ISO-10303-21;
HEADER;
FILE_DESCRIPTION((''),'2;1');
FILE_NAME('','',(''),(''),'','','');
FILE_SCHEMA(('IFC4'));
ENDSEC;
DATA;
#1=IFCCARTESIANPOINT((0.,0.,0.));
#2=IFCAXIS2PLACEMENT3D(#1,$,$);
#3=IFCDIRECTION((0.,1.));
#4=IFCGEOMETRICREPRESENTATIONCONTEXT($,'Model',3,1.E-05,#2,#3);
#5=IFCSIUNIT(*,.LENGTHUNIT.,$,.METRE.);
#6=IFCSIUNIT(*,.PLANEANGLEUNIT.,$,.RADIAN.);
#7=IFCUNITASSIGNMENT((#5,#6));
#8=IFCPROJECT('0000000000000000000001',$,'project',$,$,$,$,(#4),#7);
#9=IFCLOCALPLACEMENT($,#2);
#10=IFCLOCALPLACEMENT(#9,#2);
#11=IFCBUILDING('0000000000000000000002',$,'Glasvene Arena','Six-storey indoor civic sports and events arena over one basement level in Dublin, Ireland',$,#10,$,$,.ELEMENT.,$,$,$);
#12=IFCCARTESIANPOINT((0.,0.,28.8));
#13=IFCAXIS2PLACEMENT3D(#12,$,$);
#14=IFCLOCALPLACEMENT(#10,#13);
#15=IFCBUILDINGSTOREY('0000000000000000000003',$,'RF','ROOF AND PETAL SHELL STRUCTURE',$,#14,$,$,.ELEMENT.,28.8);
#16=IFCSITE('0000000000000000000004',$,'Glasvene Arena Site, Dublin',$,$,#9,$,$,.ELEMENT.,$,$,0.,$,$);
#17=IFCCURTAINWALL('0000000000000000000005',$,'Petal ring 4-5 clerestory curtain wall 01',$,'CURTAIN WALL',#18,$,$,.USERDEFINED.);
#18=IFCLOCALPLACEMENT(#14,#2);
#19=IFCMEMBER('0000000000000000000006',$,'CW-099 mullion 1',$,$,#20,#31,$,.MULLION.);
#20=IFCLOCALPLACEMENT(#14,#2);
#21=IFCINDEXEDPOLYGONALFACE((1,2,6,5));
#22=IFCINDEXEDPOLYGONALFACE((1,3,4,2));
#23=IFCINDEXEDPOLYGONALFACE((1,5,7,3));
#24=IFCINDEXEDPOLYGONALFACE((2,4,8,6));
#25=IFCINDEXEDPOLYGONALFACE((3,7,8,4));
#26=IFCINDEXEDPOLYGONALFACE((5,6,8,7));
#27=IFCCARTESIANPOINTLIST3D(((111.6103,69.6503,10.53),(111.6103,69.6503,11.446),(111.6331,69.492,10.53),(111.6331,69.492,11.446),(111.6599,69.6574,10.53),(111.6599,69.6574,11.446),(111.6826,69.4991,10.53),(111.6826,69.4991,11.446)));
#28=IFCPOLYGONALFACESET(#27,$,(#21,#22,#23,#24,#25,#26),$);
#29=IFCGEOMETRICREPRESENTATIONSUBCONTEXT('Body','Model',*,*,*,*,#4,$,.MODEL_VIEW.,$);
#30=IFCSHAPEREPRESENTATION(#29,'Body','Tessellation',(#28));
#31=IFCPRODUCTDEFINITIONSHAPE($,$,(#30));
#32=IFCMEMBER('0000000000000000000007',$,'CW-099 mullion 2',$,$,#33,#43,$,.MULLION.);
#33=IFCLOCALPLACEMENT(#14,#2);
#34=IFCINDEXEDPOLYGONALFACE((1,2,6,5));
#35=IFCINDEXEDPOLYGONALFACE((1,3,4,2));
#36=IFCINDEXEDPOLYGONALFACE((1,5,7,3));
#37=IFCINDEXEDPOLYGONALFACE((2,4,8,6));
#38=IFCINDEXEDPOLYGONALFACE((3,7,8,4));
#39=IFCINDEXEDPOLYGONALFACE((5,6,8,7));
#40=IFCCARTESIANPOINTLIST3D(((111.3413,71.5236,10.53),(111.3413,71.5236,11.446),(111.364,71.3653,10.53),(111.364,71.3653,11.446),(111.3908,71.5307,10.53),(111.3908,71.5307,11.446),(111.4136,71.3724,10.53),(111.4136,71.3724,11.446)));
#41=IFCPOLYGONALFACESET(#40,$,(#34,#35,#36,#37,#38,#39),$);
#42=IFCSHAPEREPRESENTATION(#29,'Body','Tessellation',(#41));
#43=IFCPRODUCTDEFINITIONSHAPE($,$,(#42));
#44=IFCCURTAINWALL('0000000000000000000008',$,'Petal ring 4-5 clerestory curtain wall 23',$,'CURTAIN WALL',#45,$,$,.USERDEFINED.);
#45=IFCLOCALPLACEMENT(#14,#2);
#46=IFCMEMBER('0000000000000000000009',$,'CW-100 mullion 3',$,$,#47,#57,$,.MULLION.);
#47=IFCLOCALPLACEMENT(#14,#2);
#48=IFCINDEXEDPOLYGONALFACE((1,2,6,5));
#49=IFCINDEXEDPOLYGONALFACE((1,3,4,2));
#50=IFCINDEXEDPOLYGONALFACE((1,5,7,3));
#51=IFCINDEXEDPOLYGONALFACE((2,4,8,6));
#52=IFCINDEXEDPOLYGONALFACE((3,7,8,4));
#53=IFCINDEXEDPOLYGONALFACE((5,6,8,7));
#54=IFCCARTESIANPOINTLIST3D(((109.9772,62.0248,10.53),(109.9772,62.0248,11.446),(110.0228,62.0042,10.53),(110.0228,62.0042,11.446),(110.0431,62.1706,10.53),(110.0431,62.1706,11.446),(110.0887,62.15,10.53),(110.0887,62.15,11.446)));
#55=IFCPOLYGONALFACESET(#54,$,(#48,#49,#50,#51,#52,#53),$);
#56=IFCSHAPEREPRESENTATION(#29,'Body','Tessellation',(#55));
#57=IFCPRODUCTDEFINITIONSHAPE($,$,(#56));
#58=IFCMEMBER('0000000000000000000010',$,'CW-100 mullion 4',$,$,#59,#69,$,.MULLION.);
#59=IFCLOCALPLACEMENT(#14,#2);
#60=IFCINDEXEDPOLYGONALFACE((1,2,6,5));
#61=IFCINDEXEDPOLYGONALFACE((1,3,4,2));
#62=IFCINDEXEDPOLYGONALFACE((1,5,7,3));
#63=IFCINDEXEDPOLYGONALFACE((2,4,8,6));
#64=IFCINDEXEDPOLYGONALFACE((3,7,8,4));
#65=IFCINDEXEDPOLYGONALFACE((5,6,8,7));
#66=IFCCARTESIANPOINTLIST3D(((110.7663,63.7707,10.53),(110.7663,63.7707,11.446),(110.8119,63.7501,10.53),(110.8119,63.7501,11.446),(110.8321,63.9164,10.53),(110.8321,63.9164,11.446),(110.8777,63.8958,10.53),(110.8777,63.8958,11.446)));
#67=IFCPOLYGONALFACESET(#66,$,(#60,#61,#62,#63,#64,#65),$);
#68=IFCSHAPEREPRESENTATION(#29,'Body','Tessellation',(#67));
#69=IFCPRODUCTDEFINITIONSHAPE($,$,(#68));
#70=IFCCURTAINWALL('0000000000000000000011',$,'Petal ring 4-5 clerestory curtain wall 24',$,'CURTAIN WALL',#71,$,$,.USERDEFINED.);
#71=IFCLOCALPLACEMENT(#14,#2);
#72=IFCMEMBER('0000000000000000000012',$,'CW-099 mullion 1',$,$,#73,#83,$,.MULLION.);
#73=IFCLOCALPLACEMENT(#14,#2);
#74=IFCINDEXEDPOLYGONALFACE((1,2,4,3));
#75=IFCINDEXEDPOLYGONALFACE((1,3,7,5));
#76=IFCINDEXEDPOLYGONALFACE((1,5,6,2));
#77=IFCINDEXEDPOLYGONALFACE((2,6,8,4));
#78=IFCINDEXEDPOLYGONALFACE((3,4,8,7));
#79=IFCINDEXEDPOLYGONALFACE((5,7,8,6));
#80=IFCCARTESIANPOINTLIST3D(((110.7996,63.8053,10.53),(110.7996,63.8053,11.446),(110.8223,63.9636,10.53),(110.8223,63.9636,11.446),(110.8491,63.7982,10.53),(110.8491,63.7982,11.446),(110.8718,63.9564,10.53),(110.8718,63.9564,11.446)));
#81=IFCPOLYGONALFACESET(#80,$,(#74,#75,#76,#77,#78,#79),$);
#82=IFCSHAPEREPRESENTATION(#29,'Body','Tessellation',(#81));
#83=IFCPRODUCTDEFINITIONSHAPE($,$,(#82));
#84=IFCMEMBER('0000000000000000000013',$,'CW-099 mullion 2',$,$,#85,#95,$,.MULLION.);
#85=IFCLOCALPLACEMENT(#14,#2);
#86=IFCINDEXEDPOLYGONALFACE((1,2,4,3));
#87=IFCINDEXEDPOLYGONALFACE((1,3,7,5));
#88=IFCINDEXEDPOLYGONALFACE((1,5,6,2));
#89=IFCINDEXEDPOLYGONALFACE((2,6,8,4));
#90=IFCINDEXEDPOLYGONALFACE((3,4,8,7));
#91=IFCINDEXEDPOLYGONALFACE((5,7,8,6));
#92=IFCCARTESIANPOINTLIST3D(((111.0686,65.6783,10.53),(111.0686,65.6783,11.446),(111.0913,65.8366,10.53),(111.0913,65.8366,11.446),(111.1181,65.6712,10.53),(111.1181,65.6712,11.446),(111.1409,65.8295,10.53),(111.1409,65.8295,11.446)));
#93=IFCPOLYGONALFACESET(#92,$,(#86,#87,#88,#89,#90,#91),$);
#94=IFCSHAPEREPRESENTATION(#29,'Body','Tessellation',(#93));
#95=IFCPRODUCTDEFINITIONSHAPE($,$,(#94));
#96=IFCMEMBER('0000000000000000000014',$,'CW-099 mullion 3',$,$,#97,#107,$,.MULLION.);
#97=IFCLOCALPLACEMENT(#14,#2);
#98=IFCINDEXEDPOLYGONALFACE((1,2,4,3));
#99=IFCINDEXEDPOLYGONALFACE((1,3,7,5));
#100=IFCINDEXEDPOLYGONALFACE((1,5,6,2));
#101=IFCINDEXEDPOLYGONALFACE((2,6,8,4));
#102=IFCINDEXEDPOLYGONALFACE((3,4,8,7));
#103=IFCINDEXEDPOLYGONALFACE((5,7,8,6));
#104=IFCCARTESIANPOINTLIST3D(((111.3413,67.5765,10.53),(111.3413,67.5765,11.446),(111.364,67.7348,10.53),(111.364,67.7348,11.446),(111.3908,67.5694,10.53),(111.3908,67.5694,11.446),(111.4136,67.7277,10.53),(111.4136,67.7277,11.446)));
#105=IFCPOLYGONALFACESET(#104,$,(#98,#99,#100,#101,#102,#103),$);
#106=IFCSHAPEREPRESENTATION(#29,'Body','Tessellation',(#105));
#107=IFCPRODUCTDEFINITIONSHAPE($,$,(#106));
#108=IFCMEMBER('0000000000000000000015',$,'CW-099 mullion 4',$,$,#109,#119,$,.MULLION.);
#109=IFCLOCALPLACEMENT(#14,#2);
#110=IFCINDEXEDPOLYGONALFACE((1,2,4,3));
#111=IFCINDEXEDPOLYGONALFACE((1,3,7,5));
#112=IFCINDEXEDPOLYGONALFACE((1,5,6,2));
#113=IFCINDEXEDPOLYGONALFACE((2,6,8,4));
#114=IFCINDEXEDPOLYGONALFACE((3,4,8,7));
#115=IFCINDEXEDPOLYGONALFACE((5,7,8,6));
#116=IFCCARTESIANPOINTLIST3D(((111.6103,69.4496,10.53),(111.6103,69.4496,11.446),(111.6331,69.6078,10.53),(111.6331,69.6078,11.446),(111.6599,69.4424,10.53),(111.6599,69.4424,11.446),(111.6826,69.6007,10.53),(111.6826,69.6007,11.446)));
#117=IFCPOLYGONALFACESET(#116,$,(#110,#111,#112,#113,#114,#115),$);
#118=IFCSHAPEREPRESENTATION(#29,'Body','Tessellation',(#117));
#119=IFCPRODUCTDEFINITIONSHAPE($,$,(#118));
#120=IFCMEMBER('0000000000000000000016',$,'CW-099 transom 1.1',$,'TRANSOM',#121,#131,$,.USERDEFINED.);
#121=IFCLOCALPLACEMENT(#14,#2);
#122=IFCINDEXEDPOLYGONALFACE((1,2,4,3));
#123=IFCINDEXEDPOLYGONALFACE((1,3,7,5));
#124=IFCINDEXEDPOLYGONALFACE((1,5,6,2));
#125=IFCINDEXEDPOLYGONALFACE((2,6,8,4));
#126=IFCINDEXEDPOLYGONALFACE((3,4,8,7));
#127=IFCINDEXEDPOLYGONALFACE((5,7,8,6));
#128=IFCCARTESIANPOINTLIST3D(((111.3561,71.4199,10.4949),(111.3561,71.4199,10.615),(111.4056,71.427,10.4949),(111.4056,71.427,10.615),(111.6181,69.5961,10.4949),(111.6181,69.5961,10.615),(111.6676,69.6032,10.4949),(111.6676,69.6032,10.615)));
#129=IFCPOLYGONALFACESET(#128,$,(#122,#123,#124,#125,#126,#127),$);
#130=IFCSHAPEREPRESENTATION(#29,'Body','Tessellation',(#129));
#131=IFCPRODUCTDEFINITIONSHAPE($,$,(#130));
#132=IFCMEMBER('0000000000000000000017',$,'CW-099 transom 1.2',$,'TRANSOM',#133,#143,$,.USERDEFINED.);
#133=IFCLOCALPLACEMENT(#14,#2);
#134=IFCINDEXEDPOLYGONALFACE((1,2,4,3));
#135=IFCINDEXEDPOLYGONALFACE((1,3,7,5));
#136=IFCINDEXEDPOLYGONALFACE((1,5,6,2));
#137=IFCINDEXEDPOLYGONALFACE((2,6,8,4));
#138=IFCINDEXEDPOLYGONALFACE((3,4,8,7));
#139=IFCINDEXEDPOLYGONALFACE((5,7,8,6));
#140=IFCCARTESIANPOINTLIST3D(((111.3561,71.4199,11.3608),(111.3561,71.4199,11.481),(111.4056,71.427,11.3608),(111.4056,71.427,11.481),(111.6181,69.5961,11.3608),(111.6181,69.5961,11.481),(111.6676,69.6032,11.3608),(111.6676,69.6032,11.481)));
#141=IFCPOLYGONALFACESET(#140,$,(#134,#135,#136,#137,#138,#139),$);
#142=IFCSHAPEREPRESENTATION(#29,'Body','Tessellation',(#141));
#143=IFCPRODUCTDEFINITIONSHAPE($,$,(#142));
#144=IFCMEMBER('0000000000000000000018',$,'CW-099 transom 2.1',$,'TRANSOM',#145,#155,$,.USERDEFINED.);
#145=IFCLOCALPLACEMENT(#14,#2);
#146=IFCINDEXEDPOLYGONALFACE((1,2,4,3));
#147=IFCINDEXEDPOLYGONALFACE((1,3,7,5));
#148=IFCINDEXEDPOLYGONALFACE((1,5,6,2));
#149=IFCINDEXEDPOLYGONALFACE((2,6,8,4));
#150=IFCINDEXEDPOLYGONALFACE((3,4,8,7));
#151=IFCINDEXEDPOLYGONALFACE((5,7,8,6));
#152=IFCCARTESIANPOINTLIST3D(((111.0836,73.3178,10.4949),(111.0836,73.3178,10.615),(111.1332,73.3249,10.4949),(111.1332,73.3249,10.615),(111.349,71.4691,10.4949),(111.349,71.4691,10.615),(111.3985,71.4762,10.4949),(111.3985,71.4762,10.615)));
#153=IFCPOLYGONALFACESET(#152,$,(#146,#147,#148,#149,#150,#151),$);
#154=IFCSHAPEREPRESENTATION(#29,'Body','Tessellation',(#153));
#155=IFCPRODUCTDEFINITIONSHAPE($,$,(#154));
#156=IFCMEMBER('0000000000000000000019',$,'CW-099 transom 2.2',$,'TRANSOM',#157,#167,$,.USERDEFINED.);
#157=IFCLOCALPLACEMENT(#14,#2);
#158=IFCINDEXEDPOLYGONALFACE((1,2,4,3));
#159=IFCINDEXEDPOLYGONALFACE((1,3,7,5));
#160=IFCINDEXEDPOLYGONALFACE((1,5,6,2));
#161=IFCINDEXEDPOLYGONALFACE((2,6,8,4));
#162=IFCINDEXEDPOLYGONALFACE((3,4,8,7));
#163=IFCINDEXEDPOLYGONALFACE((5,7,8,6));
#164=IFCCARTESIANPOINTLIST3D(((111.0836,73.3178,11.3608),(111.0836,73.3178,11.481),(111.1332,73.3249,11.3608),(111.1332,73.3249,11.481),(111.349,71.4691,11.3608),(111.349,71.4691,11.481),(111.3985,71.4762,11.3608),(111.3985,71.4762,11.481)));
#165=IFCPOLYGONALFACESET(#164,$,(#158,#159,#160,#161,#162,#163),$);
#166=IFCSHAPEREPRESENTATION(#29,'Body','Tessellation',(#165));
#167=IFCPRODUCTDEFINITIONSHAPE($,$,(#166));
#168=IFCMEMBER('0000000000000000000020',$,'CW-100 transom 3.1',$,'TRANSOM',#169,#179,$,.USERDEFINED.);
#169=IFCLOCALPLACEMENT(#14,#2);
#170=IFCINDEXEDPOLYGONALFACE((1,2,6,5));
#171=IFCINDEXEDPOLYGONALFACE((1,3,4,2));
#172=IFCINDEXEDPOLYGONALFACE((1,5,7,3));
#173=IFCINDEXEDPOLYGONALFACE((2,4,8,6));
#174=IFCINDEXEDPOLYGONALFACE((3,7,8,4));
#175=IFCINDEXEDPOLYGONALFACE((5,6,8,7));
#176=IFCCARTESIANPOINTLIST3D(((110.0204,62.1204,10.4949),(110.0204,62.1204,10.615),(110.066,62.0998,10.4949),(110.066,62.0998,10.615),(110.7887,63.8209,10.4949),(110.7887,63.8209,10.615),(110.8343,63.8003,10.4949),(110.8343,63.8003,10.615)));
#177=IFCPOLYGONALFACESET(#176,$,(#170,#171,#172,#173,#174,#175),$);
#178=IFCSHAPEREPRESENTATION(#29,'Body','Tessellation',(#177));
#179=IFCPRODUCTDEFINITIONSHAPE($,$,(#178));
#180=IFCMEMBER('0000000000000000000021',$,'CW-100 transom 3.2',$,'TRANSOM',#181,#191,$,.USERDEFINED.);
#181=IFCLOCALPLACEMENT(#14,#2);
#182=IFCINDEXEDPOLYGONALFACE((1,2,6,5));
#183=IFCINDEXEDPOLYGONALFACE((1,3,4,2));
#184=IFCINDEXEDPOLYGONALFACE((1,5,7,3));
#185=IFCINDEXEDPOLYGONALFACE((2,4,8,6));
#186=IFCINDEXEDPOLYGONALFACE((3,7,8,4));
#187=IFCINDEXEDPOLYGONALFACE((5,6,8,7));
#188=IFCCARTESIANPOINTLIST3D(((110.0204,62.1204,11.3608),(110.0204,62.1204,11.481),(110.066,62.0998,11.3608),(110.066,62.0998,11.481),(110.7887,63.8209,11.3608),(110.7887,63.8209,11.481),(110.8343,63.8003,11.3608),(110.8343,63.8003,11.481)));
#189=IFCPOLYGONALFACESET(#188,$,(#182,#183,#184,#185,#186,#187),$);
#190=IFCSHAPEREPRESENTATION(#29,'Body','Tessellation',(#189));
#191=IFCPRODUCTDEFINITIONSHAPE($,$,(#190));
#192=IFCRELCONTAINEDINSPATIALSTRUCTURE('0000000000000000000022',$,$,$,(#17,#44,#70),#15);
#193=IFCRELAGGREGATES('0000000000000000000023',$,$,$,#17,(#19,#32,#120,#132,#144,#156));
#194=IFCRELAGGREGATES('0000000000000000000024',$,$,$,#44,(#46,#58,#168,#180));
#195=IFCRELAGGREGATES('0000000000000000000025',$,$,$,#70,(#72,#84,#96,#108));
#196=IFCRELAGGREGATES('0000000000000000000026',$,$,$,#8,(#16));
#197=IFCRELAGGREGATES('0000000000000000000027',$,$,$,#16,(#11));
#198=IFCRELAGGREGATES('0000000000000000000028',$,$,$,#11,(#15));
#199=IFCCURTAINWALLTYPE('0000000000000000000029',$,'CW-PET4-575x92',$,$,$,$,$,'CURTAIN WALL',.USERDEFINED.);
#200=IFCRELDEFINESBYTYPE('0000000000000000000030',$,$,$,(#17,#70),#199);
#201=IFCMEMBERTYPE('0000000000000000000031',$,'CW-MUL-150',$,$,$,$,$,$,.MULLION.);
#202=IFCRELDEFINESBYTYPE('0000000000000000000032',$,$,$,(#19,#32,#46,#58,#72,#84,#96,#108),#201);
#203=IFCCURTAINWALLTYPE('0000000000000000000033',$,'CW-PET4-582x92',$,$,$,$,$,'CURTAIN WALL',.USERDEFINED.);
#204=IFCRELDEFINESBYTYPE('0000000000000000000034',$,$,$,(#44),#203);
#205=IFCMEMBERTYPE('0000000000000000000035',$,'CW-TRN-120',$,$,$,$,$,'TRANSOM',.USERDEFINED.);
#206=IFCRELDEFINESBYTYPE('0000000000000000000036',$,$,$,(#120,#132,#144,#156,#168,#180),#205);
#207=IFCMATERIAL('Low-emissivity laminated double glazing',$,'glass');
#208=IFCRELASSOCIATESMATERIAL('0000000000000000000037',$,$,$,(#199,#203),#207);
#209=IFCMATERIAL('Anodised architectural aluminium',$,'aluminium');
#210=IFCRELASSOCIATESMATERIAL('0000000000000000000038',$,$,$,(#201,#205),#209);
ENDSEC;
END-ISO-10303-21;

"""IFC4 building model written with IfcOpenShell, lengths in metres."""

from ifc_helpers import new_model, si_unit, direction, frame, origin, origin_2d, place, context, subcontext, project, spatial, rectangle, extrude, material, material_profile, profile_set, type_object, element, aggregate, save


model = new_model("IFC4")

# Units and contexts
model_context = context("Model", 3, precision=1e-05, world=origin(), true_north=direction((0.0, 1.0)))
body_context = subcontext(model_context, "Body", "Model", "MODEL_VIEW")
ifc_project = project(units=[si_unit("LENGTHUNIT", "METRE"), si_unit("PLANEANGLEUNIT", "RADIAN")], contexts=[model_context])

# Site, building, storey
site_placement = place(None, origin())
site = spatial("IfcSite", under=ifc_project, at=site_placement, Name="Glasvene Arena Site, Dublin", CompositionType="ELEMENT", RefElevation=0.0)
building_placement = place(site_placement, origin())
building = spatial("IfcBuilding", under=site, at=building_placement, Name="Glasvene Arena", Description="Six-storey indoor civic sports and events arena over one basement level in Dublin, Ireland", CompositionType="ELEMENT")
storey_placement = place(building_placement, frame((0.0, 0.0, 28.8)))
storey = spatial("IfcBuildingStorey", under=building, at=storey_placement, Name="RF", Description="ROOF AND PETAL SHELL STRUCTURE", CompositionType="ELEMENT", Elevation=28.8)

# Curtain walls, members
ifc_material_1 = material(Name="Low-emissivity laminated double glazing", Category="glass")
curtain_wall_type_1 = type_object("IfcCurtainWallType", Name="CW-PET4-575x92", ElementType="CURTAIN WALL", PredefinedType="USERDEFINED", material=ifc_material_1)
curtain_wall_1_placement = place(storey_placement, frame((111.6499, 69.55, 0.0)))
curtain_wall_1 = element("IfcCurtainWall", 1, at=curtain_wall_1_placement, inside=storey, type_object=curtain_wall_type_1, Name="Petal ring 4-5 clerestory curtain wall 01", ObjectType="CURTAIN WALL", PredefinedType="USERDEFINED")
ifc_material_2 = material(Name="Anodised architectural aluminium", Category="aluminium")
ifc_material_profile_1 = material_profile(ifc_material_2, rectangle(XDim=0.05, YDim=0.1599, at=origin_2d()), Name="ALU MULLION 50x160")
ifc_profile_set_1 = profile_set([ifc_material_profile_1], Name="Anodised architectural aluminium")
member_type_1 = type_object("IfcMemberType", Name="CW-MUL-150", PredefinedType="MULLION", material=ifc_profile_set_1)
member_1_placement = place(storey_placement, frame((111.6465, 69.5747, 10.53), z_axis=(0.0, 0.0, 1.0), x_axis=(-0.989843, -0.142166, 0.0)))
member_1 = element("IfcMember", 2, at=member_1_placement, type_object=member_type_1, Name="CW-099 mullion 1", PredefinedType="MULLION", context=body_context, shape_type="SweptSolid", body=[
    extrude(rectangle(XDim=0.05, YDim=0.1599, at=origin_2d()), origin(), (0.0, 0.0, 1.0), 0.916),
])
member_2_placement = place(storey_placement, frame((111.3774, 71.448, 10.53), z_axis=(0.0, 0.0, 1.0), x_axis=(-0.989843, -0.142166, 0.0)))
member_2 = element("IfcMember", 3, at=member_2_placement, type_object=member_type_1, Name="CW-099 mullion 2", PredefinedType="MULLION", context=body_context, shape_type="SweptSolid", body=[
    extrude(rectangle(XDim=0.05, YDim=0.1599, at=origin_2d()), origin(), (0.0, 0.0, 1.0), 0.916),
])
curtain_wall_type_2 = type_object("IfcCurtainWallType", Name="CW-PET4-582x92", ElementType="CURTAIN WALL", PredefinedType="USERDEFINED", material=ifc_material_1)
curtain_wall_2_placement = place(storey_placement, frame((108.4346, 58.55, 0.0)))
curtain_wall_2 = element("IfcCurtainWall", 4, at=curtain_wall_2_placement, inside=storey, type_object=curtain_wall_type_2, Name="Petal ring 4-5 clerestory curtain wall 23", ObjectType="CURTAIN WALL", PredefinedType="USERDEFINED")
member_3_placement = place(storey_placement, frame((110.033, 62.0874, 10.53), z_axis=(0.0, 0.0, 1.0), x_axis=(-0.911284, 0.411778, 0.0)))
member_3 = element("IfcMember", 5, at=member_3_placement, type_object=member_type_1, Name="CW-100 mullion 3", PredefinedType="MULLION", context=body_context, shape_type="SweptSolid", body=[
    extrude(rectangle(XDim=0.05, YDim=0.1599, at=origin_2d()), origin(), (0.0, 0.0, 1.0), 0.916),
])
member_4_placement = place(storey_placement, frame((110.822, 63.8333, 10.53), z_axis=(0.0, 0.0, 1.0), x_axis=(-0.911284, 0.411778, 0.0)))
member_4 = element("IfcMember", 6, at=member_4_placement, type_object=member_type_1, Name="CW-100 mullion 4", PredefinedType="MULLION", context=body_context, shape_type="SweptSolid", body=[
    extrude(rectangle(XDim=0.05, YDim=0.1599, at=origin_2d()), origin(), (0.0, 0.0, 1.0), 0.916),
])
curtain_wall_3_placement = place(storey_placement, frame((110.8323, 63.856, 0.0)))
curtain_wall_3 = element("IfcCurtainWall", 7, at=curtain_wall_3_placement, inside=storey, type_object=curtain_wall_type_1, Name="Petal ring 4-5 clerestory curtain wall 24", ObjectType="CURTAIN WALL", PredefinedType="USERDEFINED")
member_5_placement = place(storey_placement, frame((110.8357, 63.8809, 10.53), z_axis=(0.0, 0.0, 1.0), x_axis=(-0.989843, 0.142166, 0.0)))
member_5 = element("IfcMember", 8, at=member_5_placement, type_object=member_type_1, Name="CW-099 mullion 1", PredefinedType="MULLION", context=body_context, shape_type="SweptSolid", body=[
    extrude(rectangle(XDim=0.05, YDim=0.1599, at=origin_2d()), origin(), (0.0, 0.0, 1.0), 0.916),
])
member_6_placement = place(storey_placement, frame((111.1047, 65.7539, 10.53), z_axis=(0.0, 0.0, 1.0), x_axis=(-0.989843, 0.142166, 0.0)))
member_6 = element("IfcMember", 9, at=member_6_placement, type_object=member_type_1, Name="CW-099 mullion 2", PredefinedType="MULLION", context=body_context, shape_type="SweptSolid", body=[
    extrude(rectangle(XDim=0.05, YDim=0.1599, at=origin_2d()), origin(), (0.0, 0.0, 1.0), 0.916),
])
member_7_placement = place(storey_placement, frame((111.3774, 67.6521, 10.53), z_axis=(0.0, 0.0, 1.0), x_axis=(-0.989843, 0.142166, 0.0)))
member_7 = element("IfcMember", 10, at=member_7_placement, type_object=member_type_1, Name="CW-099 mullion 3", PredefinedType="MULLION", context=body_context, shape_type="SweptSolid", body=[
    extrude(rectangle(XDim=0.05, YDim=0.1599, at=origin_2d()), origin(), (0.0, 0.0, 1.0), 0.916),
])
member_8_placement = place(storey_placement, frame((111.6465, 69.5251, 10.53), z_axis=(0.0, 0.0, 1.0), x_axis=(-0.989843, 0.142166, 0.0)))
member_8 = element("IfcMember", 11, at=member_8_placement, type_object=member_type_1, Name="CW-099 mullion 4", PredefinedType="MULLION", context=body_context, shape_type="SweptSolid", body=[
    extrude(rectangle(XDim=0.05, YDim=0.1599, at=origin_2d()), origin(), (0.0, 0.0, 1.0), 0.916),
])

# Members
ifc_material_profile_2 = material_profile(ifc_material_2, rectangle(XDim=0.05, YDim=0.1201, at=origin_2d()), Name="ALU TRANSOM 50x120")
ifc_profile_set_2 = profile_set([ifc_material_profile_2], Name="Anodised architectural aluminium")
member_type_2 = type_object("IfcMemberType", Name="CW-TRN-120", ElementType="TRANSOM", PredefinedType="USERDEFINED", material=ifc_profile_set_2)
member_9_placement = place(storey_placement, frame((111.6428, 69.5996, 10.5549), z_axis=(-0.142182, 0.989841, 0.0), x_axis=(-0.989841, -0.142182, 0.0)))
member_9 = element("IfcMember", 12, at=member_9_placement, type_object=member_type_2, Name="CW-099 transom 1.1", ObjectType="TRANSOM", PredefinedType="USERDEFINED", context=body_context, shape_type="SweptSolid", body=[
    extrude(rectangle(XDim=0.05, YDim=0.1201, at=origin_2d()), origin(), (0.0, 0.0, 1.0), 1.8425),
])
member_10_placement = place(storey_placement, frame((111.6428, 69.5996, 11.4209), z_axis=(-0.142182, 0.989841, 0.0), x_axis=(-0.989841, -0.142182, 0.0)))
member_10 = element("IfcMember", 13, at=member_10_placement, type_object=member_type_2, Name="CW-099 transom 1.2", ObjectType="TRANSOM", PredefinedType="USERDEFINED", context=body_context, shape_type="SweptSolid", body=[
    extrude(rectangle(XDim=0.05, YDim=0.1201, at=origin_2d()), origin(), (0.0, 0.0, 1.0), 1.8425),
])
member_11_placement = place(storey_placement, frame((111.3738, 71.4727, 10.5549), z_axis=(-0.142098, 0.989853, 0.0), x_axis=(-0.989853, -0.142098, 0.0)))
member_11 = element("IfcMember", 14, at=member_11_placement, type_object=member_type_2, Name="CW-099 transom 2.1", ObjectType="TRANSOM", PredefinedType="USERDEFINED", context=body_context, shape_type="SweptSolid", body=[
    extrude(rectangle(XDim=0.05, YDim=0.1201, at=origin_2d()), origin(), (0.0, 0.0, 1.0), 1.8677),
])
member_12_placement = place(storey_placement, frame((111.3738, 71.4727, 11.4209), z_axis=(-0.142098, 0.989853, 0.0), x_axis=(-0.989853, -0.142098, 0.0)))
member_12 = element("IfcMember", 15, at=member_12_placement, type_object=member_type_2, Name="CW-099 transom 2.2", ObjectType="TRANSOM", PredefinedType="USERDEFINED", context=body_context, shape_type="SweptSolid", body=[
    extrude(rectangle(XDim=0.05, YDim=0.1201, at=origin_2d()), origin(), (0.0, 0.0, 1.0), 1.8677),
])
member_13_placement = place(storey_placement, frame((110.0432, 62.1101, 10.5549), z_axis=(0.411751, 0.911296, 0.0), x_axis=(-0.911296, 0.411751, 0.0)))
member_13 = element("IfcMember", 16, at=member_13_placement, type_object=member_type_2, Name="CW-100 transom 3.1", ObjectType="TRANSOM", PredefinedType="USERDEFINED", context=body_context, shape_type="SweptSolid", body=[
    extrude(rectangle(XDim=0.05, YDim=0.1201, at=origin_2d()), origin(), (0.0, 0.0, 1.0), 1.866),
])
member_14_placement = place(storey_placement, frame((110.0432, 62.1101, 11.4209), z_axis=(0.411751, 0.911296, 0.0), x_axis=(-0.911296, 0.411751, 0.0)))
member_14 = element("IfcMember", 17, at=member_14_placement, type_object=member_type_2, Name="CW-100 transom 3.2", ObjectType="TRANSOM", PredefinedType="USERDEFINED", context=body_context, shape_type="SweptSolid", body=[
    extrude(rectangle(XDim=0.05, YDim=0.1201, at=origin_2d()), origin(), (0.0, 0.0, 1.0), 1.866),
])

aggregate(curtain_wall_1, [member_1, member_2, member_9, member_10, member_11, member_12])
aggregate(curtain_wall_2, [member_3, member_4, member_13, member_14])
aggregate(curtain_wall_3, [member_5, member_6, member_7, member_8])

save(model, "model.ifc")
